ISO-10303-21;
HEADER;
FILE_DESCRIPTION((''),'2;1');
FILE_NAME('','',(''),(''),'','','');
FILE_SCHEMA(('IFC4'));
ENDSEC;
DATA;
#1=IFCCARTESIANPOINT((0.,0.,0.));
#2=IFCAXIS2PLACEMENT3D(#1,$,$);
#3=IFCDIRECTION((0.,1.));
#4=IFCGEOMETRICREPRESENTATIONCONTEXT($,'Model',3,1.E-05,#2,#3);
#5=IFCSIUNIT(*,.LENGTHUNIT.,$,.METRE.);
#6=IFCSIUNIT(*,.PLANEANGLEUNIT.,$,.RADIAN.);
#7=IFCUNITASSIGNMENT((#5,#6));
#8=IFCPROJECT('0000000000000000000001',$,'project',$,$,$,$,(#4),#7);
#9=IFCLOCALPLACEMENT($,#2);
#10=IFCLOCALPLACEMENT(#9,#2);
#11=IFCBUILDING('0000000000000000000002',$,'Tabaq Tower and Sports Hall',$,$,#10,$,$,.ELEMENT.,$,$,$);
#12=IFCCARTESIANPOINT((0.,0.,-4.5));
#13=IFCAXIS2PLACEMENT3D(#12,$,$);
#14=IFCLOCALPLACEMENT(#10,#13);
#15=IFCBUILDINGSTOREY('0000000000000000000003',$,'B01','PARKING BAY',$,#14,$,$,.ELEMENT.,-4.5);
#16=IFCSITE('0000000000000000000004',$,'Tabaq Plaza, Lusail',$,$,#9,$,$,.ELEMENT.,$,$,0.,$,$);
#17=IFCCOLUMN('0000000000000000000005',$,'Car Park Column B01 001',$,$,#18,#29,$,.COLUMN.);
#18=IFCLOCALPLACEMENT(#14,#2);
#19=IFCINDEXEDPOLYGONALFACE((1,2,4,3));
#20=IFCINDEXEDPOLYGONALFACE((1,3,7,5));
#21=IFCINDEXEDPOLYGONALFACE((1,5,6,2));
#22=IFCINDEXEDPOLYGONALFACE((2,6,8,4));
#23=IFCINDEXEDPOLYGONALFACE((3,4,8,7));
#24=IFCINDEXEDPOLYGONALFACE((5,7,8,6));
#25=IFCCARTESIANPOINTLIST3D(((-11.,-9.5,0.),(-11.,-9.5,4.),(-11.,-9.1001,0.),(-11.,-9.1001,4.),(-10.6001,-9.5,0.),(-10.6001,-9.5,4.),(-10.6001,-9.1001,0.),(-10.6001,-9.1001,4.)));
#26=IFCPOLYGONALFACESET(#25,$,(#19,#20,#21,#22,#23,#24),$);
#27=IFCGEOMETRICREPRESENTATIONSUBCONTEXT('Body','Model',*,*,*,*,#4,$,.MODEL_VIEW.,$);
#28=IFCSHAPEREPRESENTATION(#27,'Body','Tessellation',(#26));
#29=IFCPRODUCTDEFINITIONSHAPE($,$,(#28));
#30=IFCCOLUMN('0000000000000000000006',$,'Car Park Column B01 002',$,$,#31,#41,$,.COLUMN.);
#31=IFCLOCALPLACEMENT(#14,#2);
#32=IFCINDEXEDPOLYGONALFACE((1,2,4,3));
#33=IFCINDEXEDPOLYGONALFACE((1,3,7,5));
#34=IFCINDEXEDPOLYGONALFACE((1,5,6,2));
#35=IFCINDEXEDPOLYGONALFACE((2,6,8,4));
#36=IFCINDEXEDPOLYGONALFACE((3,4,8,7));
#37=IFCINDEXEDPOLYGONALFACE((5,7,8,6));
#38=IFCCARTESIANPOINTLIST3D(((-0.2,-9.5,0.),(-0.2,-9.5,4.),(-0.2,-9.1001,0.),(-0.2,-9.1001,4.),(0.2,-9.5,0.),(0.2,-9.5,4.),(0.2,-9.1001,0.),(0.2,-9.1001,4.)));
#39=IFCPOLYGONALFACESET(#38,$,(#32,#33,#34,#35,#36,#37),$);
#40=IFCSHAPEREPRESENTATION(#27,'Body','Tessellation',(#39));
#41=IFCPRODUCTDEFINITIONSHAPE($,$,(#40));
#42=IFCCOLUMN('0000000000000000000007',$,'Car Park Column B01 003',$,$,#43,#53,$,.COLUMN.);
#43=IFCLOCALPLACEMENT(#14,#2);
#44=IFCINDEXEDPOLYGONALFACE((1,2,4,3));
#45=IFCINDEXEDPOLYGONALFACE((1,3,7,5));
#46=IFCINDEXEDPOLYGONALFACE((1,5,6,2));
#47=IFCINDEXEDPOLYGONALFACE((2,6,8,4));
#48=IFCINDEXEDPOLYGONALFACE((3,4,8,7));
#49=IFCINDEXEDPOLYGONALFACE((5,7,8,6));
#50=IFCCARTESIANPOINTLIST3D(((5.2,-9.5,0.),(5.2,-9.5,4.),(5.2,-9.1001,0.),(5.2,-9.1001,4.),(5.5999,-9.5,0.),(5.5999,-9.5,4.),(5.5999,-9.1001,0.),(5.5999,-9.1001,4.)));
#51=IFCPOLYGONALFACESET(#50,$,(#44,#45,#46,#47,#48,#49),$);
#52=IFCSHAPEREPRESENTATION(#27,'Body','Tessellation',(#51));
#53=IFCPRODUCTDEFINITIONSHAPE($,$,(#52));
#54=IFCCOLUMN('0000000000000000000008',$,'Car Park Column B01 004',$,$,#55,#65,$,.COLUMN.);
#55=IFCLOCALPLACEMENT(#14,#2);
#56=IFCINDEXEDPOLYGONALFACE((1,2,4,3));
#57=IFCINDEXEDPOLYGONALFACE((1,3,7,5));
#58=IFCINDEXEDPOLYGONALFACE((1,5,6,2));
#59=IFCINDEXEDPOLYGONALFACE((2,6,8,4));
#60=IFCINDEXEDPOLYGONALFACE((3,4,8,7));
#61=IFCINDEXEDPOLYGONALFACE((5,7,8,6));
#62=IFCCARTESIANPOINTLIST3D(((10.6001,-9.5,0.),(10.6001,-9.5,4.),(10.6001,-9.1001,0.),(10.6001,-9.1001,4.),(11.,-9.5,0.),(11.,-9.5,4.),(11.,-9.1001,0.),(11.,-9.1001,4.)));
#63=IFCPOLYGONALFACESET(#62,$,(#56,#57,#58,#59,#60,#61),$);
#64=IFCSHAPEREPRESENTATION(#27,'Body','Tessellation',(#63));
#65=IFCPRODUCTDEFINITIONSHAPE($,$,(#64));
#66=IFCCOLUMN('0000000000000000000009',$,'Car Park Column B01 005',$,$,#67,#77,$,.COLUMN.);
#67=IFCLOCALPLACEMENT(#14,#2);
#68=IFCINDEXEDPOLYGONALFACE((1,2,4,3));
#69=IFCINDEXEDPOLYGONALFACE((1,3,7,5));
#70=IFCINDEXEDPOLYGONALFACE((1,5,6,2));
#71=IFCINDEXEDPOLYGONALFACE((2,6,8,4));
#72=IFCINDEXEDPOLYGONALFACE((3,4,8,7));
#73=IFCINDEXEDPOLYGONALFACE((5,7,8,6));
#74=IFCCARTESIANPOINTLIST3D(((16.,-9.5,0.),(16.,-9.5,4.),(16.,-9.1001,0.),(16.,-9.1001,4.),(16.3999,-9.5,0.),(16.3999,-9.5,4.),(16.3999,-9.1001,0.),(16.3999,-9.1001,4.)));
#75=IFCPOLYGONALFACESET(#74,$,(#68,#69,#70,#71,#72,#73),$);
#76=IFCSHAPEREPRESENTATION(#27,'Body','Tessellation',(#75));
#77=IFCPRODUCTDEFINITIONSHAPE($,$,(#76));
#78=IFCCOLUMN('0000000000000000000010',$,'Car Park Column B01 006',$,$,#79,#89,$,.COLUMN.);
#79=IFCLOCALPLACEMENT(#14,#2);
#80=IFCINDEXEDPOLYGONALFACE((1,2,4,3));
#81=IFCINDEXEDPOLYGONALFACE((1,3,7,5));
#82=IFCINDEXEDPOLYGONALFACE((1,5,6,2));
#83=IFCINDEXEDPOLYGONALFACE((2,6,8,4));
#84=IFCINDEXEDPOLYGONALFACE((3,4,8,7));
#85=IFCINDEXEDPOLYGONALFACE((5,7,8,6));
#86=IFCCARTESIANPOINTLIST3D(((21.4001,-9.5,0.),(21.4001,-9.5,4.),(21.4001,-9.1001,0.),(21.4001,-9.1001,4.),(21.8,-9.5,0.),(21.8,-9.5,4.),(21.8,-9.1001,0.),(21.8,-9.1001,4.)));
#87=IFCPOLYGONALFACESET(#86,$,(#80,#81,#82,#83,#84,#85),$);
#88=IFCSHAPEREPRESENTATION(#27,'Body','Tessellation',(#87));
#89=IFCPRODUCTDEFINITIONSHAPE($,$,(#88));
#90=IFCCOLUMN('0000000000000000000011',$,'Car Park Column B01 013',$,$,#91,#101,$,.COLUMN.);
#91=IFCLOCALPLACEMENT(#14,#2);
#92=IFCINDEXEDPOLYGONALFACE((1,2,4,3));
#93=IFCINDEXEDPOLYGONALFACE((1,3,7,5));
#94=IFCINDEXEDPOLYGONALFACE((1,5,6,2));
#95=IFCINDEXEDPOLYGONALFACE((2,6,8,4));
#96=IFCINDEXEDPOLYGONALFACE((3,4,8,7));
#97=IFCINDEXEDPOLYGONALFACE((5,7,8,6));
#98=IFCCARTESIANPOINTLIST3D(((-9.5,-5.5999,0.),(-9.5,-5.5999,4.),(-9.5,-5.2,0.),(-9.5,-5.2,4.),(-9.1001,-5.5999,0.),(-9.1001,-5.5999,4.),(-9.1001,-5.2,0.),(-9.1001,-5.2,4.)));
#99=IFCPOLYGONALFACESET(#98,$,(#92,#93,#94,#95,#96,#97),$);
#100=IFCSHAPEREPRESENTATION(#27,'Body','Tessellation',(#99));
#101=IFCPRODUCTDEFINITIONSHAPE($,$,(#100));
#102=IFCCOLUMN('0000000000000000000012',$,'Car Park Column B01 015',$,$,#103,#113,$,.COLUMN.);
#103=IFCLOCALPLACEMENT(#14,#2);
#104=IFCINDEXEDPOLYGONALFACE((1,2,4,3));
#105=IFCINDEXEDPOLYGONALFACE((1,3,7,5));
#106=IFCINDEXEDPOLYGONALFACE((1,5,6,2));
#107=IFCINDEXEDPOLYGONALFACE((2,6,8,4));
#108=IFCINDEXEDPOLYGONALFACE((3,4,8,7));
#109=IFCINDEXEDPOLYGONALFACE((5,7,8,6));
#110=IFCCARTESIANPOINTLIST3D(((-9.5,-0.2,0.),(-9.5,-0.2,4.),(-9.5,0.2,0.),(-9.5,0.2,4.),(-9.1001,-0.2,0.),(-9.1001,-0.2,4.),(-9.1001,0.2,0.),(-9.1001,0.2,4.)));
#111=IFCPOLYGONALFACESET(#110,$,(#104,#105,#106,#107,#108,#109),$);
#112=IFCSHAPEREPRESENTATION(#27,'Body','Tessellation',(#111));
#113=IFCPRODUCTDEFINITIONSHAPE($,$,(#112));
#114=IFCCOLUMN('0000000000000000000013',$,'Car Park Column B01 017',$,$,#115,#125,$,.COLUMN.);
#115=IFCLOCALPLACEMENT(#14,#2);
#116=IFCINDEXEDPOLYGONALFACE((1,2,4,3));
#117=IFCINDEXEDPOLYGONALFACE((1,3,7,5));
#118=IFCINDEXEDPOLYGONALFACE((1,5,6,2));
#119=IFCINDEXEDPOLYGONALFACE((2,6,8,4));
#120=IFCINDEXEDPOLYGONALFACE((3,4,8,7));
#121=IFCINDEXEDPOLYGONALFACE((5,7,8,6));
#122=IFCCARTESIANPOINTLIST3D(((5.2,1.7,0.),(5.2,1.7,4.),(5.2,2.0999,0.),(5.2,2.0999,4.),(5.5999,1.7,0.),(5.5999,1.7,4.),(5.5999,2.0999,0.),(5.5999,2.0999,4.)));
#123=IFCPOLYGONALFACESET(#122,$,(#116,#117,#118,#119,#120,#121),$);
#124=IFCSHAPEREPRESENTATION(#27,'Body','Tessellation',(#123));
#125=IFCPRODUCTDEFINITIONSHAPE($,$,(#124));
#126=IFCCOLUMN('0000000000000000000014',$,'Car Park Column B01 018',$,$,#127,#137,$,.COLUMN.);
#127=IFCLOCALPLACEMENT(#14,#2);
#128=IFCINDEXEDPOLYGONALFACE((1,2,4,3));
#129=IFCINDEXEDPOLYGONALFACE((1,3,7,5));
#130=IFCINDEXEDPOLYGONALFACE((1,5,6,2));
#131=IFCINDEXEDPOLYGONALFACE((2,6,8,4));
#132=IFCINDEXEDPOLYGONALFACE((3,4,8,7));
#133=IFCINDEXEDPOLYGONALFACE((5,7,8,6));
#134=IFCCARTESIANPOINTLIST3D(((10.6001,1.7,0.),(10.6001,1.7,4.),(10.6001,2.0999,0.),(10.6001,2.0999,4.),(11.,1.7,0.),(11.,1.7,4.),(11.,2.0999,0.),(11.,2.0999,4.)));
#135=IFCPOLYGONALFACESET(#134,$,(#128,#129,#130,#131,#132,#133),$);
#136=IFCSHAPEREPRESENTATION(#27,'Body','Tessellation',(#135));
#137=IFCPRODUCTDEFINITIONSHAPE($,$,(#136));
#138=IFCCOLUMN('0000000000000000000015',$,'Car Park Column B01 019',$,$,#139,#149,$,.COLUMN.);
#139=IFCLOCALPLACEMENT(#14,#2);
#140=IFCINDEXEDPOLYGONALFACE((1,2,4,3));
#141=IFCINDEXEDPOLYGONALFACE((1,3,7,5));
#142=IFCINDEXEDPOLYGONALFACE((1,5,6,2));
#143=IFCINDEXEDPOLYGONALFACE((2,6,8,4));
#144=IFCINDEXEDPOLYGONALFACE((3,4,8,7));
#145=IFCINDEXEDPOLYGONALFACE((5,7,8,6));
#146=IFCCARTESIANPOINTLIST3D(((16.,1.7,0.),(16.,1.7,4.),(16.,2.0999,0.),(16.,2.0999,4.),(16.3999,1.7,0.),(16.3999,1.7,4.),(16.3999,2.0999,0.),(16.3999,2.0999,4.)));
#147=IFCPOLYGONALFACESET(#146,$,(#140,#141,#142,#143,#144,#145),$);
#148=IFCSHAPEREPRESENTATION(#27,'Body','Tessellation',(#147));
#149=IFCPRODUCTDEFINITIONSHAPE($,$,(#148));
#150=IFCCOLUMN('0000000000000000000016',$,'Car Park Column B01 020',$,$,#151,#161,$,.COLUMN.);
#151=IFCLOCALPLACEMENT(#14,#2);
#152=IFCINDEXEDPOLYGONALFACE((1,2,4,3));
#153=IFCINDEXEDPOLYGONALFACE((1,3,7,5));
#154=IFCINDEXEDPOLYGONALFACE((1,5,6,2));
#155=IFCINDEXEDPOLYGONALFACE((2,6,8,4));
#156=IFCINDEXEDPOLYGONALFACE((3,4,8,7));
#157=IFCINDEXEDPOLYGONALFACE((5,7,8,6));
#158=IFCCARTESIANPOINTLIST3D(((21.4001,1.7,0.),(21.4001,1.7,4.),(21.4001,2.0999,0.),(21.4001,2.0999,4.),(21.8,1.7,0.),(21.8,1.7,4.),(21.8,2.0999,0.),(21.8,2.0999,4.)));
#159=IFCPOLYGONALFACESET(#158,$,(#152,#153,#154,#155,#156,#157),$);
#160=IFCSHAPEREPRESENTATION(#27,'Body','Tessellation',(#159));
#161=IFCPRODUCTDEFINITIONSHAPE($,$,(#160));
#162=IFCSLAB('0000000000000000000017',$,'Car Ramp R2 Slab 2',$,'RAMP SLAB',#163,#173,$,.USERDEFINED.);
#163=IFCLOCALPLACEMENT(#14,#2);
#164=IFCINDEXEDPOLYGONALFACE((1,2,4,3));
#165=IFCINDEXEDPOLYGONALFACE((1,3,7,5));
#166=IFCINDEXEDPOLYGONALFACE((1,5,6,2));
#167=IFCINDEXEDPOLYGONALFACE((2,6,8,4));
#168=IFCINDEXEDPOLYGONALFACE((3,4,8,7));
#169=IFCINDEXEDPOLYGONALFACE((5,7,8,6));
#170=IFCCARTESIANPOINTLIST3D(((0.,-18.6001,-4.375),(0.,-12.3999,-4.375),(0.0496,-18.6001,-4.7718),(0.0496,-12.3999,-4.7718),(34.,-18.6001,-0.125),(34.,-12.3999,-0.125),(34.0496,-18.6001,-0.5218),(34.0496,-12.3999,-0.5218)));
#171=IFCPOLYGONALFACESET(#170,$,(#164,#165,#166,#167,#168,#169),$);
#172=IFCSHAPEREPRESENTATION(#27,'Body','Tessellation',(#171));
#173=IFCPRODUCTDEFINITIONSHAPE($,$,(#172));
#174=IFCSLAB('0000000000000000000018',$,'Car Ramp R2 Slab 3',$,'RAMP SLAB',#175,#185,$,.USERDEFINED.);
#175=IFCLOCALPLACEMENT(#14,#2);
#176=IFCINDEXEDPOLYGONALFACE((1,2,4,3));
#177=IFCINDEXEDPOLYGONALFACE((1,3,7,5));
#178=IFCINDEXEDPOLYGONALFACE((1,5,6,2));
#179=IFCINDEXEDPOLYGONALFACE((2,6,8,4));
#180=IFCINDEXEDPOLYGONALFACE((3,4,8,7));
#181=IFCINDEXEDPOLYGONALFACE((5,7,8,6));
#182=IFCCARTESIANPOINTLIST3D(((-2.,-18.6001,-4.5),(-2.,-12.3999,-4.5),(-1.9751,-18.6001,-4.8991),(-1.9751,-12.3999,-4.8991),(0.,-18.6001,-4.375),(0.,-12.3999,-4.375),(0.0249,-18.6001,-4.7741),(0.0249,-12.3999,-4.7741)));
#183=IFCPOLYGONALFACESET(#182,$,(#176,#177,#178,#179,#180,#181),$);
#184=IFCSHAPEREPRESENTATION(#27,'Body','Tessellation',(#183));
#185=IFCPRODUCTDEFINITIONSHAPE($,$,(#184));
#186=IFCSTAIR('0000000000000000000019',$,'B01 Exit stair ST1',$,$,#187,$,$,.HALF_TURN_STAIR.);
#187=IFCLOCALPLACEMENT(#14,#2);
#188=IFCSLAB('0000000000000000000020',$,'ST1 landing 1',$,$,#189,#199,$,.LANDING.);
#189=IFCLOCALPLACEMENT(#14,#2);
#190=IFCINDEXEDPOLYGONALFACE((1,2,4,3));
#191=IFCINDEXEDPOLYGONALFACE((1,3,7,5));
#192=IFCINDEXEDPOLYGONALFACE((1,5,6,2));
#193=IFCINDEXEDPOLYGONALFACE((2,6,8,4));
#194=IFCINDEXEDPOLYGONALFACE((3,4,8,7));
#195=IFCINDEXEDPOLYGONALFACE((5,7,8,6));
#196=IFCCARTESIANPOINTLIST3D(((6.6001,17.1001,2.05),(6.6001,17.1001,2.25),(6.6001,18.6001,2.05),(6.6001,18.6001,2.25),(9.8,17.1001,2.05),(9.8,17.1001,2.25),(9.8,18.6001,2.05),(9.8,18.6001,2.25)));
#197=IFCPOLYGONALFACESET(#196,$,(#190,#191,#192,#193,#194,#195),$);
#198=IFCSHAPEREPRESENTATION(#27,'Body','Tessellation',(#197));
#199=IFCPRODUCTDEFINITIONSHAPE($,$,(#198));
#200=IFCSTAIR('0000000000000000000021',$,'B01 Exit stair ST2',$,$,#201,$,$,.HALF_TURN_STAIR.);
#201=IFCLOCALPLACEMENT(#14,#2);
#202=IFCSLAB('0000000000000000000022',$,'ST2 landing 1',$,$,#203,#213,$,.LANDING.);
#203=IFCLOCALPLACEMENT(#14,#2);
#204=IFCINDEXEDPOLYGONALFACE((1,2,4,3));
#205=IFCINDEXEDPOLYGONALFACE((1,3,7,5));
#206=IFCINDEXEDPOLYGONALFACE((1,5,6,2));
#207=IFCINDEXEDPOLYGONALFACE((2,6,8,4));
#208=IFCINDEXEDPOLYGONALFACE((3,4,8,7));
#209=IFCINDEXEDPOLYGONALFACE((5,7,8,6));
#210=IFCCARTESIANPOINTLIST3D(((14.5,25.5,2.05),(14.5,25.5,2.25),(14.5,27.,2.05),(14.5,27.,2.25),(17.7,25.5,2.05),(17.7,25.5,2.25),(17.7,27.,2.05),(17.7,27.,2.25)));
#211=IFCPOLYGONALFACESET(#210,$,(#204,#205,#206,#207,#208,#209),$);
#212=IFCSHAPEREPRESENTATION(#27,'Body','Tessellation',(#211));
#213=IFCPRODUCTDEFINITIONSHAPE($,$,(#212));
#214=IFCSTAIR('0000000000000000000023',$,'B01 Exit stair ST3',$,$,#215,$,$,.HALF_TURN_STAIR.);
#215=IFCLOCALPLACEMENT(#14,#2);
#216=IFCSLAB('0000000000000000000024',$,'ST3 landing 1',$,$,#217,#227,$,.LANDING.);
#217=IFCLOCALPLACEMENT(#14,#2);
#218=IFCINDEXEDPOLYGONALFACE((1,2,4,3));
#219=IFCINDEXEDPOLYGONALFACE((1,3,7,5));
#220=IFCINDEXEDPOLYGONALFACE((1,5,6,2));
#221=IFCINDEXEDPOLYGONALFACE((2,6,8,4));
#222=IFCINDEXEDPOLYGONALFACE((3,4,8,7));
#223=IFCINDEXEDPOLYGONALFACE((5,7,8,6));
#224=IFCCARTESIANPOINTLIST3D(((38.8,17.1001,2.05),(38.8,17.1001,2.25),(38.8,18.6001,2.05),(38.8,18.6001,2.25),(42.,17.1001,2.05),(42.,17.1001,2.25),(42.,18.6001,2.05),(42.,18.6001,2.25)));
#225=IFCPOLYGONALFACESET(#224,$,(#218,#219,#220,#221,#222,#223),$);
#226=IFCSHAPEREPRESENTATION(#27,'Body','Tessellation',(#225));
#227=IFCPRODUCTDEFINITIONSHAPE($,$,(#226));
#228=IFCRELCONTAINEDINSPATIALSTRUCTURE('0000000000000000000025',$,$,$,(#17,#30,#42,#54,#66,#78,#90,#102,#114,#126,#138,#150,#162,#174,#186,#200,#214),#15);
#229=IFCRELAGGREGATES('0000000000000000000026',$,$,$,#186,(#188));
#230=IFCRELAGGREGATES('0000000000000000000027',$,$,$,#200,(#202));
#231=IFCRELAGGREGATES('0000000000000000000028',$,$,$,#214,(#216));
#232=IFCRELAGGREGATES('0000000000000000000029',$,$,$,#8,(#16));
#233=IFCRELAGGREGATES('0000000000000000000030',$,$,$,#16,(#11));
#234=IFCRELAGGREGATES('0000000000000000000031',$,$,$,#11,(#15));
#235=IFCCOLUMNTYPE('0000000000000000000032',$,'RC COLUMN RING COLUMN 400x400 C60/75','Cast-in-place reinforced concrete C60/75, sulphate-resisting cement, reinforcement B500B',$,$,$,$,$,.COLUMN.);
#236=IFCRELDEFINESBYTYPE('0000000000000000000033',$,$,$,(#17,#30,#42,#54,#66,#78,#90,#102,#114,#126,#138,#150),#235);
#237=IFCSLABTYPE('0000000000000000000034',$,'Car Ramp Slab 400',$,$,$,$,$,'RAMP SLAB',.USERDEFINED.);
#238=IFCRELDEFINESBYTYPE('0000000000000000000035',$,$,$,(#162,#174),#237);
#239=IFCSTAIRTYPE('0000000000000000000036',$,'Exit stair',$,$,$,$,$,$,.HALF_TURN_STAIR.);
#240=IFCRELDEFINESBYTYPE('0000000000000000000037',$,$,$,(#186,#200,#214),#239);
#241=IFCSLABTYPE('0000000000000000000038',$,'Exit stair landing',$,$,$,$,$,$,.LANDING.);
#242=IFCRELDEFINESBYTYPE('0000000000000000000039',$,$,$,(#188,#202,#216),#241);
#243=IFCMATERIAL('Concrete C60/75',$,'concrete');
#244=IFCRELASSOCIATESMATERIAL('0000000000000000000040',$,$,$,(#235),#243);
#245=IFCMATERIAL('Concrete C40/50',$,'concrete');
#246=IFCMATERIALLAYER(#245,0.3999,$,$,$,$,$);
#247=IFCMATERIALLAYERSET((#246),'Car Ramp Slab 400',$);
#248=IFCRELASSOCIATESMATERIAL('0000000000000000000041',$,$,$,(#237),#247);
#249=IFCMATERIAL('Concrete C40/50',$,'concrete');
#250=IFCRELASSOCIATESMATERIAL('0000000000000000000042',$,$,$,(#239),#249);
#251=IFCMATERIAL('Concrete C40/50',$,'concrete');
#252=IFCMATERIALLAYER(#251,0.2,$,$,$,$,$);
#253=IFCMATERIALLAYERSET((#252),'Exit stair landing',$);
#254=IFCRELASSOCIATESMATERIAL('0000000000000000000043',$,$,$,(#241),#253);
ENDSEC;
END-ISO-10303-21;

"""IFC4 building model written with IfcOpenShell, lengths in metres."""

from ifc_helpers import new_model, si_unit, direction, frame, origin, origin_2d, place, context, subcontext, project, spatial, polyline, rectangle, outline, extrude, material, layer, layer_set, material_profile, profile_set, type_object, element, aggregate, save


model = new_model("IFC4")

# Units and contexts
model_context = context("Model", 3, precision=1e-05, world=origin(), true_north=direction((0.0, 1.0)))
body_context = subcontext(model_context, "Body", "Model", "MODEL_VIEW")
ifc_project = project(units=[si_unit("LENGTHUNIT", "METRE"), si_unit("PLANEANGLEUNIT", "RADIAN")], contexts=[model_context])

# Site, building, storey
site_placement = place(None, origin())
site = spatial("IfcSite", under=ifc_project, at=site_placement, Name="Tabaq Plaza, Lusail", CompositionType="ELEMENT", RefElevation=0.0)
building_placement = place(site_placement, origin())
building = spatial("IfcBuilding", under=site, at=building_placement, Name="Tabaq Tower and Sports Hall", CompositionType="ELEMENT")
storey_placement = place(building_placement, frame((0.0, 0.0, -4.5)))
storey = spatial("IfcBuildingStorey", under=building, at=storey_placement, Name="B01", Description="PARKING BAY", CompositionType="ELEMENT", Elevation=-4.5)

# Columns
ifc_material_1 = material(Name="Concrete C60/75", Category="concrete")
ifc_material_profile = material_profile(ifc_material_1, rectangle(XDim=0.3999, YDim=0.3999, at=origin_2d()), Name="RING COLUMN 400x400")
ifc_profile_set = profile_set([ifc_material_profile], Name="Concrete C60/75")
column_type = type_object("IfcColumnType", Name="RC COLUMN RING COLUMN 400x400 C60/75", Description="Cast-in-place reinforced concrete C60/75, sulphate-resisting cement, reinforcement B500B", PredefinedType="COLUMN", material=ifc_profile_set)
for number, where, z_axis, x_axis, name in (
    (1, (-10.8, -9.3, 0.0), (0.0, 0.0, 1.0), (1.0, 0.0, 0.0), "Car Park Column B01 001"),
    (2, (0.0, -9.3, 0.0), (0.0, 0.0, 1.0), (1.0, 0.0, 0.0), "Car Park Column B01 002"),
    (3, (5.3999, -9.3, 0.0), (0.0, 0.0, 1.0), (1.0, 0.0, 0.0), "Car Park Column B01 003"),
    (4, (10.8, -9.3, 0.0), (0.0, 0.0, 1.0), (1.0, 0.0, 0.0), "Car Park Column B01 004"),
    (5, (16.2, -9.3, 0.0), (0.0, 0.0, 1.0), (1.0, 0.0, 0.0), "Car Park Column B01 005"),
    (6, (21.6001, -9.3, 0.0), (0.0, 0.0, 1.0), (1.0, 0.0, 0.0), "Car Park Column B01 006"),
    (7, (-9.3, -5.3999, 0.0), (0.0, 0.0, 1.0), (1.0, 0.0, 0.0), "Car Park Column B01 013"),
    (8, (-9.3, 0.0, 0.0), (0.0, 0.0, 1.0), (1.0, 0.0, 0.0), "Car Park Column B01 015"),
    (9, (5.3999, 1.8999, 0.0), (0.0, 0.0, 1.0), (1.0, 0.0, 0.0), "Car Park Column B01 017"),
    (10, (10.8, 1.8999, 0.0), (0.0, 0.0, 1.0), (1.0, 0.0, 0.0), "Car Park Column B01 018"),
    (11, (16.2, 1.8999, 0.0), (0.0, 0.0, 1.0), (1.0, 0.0, 0.0), "Car Park Column B01 019"),
    (12, (21.6001, 1.8999, 0.0), (0.0, 0.0, 1.0), (1.0, 0.0, 0.0), "Car Park Column B01 020"),
):
    element("IfcColumn", number, at=place(storey_placement, frame(where, z_axis=z_axis, x_axis=x_axis)), inside=storey, type_object=column_type, Name=name, PredefinedType="COLUMN", context=body_context, shape_type="SweptSolid", body=[
        extrude(rectangle(XDim=0.3999, YDim=0.3999, at=origin_2d()), origin(), (0.0, 0.0, 1.0), 4.0),
    ])

# Slabs
ifc_material_2 = material(Name="Concrete C40/50", Category="concrete")
ifc_layer_1 = layer(ifc_material_2, 0.3999)
ifc_layer_set_1 = layer_set([ifc_layer_1], Name="Car Ramp Slab 400")
slab_type_1 = type_object("IfcSlabType", Name="Car Ramp Slab 400", ElementType="RAMP SLAB", PredefinedType="USERDEFINED", material=ifc_layer_set_1)
slab_1_placement = place(storey_placement, frame((0.0, -18.6001, -4.375), z_axis=(-0.124035, 0.0, 0.992278), x_axis=(0.992278, 0.0, 0.124035)))
element("IfcSlab", 13, at=slab_1_placement, inside=storey, type_object=slab_type_1, Name="Car Ramp R2 Slab 2", ObjectType="RAMP SLAB", PredefinedType="USERDEFINED", context=body_context, shape_type="SweptSolid", body=[
    extrude(outline(polyline([(0.0, 0.0), (34.2646, 0.0), (34.2646, 6.2002), (0.0, 6.2002), (0.0, 0.0)])), origin(), (0.0, 0.0, -1.0), 0.3999),
])
slab_2_placement = place(storey_placement, frame((-2.0, -18.6001, -4.5), z_axis=(-0.062378, 0.0, 0.998053), x_axis=(0.998053, 0.0, 0.062378)))
element("IfcSlab", 14, at=slab_2_placement, inside=storey, type_object=slab_type_1, Name="Car Ramp R2 Slab 3", ObjectType="RAMP SLAB", PredefinedType="USERDEFINED", context=body_context, shape_type="SweptSolid", body=[
    extrude(outline(polyline([(0.0, 0.0), (2.0039, 0.0), (2.0039, 6.2002), (0.0, 6.2002), (0.0, 0.0)])), origin(), (0.0, 0.0, -1.0), 0.3999),
])

# Stairs, slabs
ifc_material_3 = material(Name="Concrete C40/50", Category="concrete")
stair_type = type_object("IfcStairType", Name="Exit stair", PredefinedType="HALF_TURN_STAIR", material=ifc_material_3)
stair_1_placement = place(storey_placement, origin())
stair_1 = element("IfcStair", 15, at=stair_1_placement, inside=storey, type_object=stair_type, Name="B01 Exit stair ST1", PredefinedType="HALF_TURN_STAIR")
ifc_material_4 = material(Name="Concrete C40/50", Category="concrete")
ifc_layer_2 = layer(ifc_material_4, 0.2)
ifc_layer_set_2 = layer_set([ifc_layer_2], Name="Exit stair landing")
slab_type_2 = type_object("IfcSlabType", Name="Exit stair landing", PredefinedType="LANDING", material=ifc_layer_set_2)
slab_3_placement = place(storey_placement, frame((0.0, 0.0, 2.05)))
slab_3 = element("IfcSlab", 16, at=slab_3_placement, type_object=slab_type_2, Name="ST1 landing 1", PredefinedType="LANDING", context=body_context, shape_type="SweptSolid", body=[
    extrude(outline(polyline([(6.6001, 18.6001), (6.6001, 17.1001), (9.8, 17.1001), (9.8, 18.6001), (6.6001, 18.6001)])), origin(), (0.0, 0.0, 1.0), 0.2),
])
aggregate(stair_1, [slab_3])
stair_2_placement = place(storey_placement, origin())
stair_2 = element("IfcStair", 17, at=stair_2_placement, inside=storey, type_object=stair_type, Name="B01 Exit stair ST2", PredefinedType="HALF_TURN_STAIR")
slab_4_placement = place(storey_placement, frame((0.0, 0.0, 2.05)))
slab_4 = element("IfcSlab", 18, at=slab_4_placement, type_object=slab_type_2, Name="ST2 landing 1", PredefinedType="LANDING", context=body_context, shape_type="SweptSolid", body=[
    extrude(outline(polyline([(14.5, 27.0), (14.5, 25.5), (17.7, 25.5), (17.7, 27.0), (14.5, 27.0)])), origin(), (0.0, 0.0, 1.0), 0.2),
])
aggregate(stair_2, [slab_4])
stair_3_placement = place(storey_placement, origin())
stair_3 = element("IfcStair", 19, at=stair_3_placement, inside=storey, type_object=stair_type, Name="B01 Exit stair ST3", PredefinedType="HALF_TURN_STAIR")
slab_5_placement = place(storey_placement, frame((0.0, 0.0, 2.05)))
slab_5 = element("IfcSlab", 20, at=slab_5_placement, type_object=slab_type_2, Name="ST3 landing 1", PredefinedType="LANDING", context=body_context, shape_type="SweptSolid", body=[
    extrude(outline(polyline([(38.8, 18.6001), (38.8, 17.1001), (42.0, 17.1001), (42.0, 18.6001), (38.8, 18.6001)])), origin(), (0.0, 0.0, 1.0), 0.2),
])
aggregate(stair_3, [slab_5])

save(model, "model.ifc")
